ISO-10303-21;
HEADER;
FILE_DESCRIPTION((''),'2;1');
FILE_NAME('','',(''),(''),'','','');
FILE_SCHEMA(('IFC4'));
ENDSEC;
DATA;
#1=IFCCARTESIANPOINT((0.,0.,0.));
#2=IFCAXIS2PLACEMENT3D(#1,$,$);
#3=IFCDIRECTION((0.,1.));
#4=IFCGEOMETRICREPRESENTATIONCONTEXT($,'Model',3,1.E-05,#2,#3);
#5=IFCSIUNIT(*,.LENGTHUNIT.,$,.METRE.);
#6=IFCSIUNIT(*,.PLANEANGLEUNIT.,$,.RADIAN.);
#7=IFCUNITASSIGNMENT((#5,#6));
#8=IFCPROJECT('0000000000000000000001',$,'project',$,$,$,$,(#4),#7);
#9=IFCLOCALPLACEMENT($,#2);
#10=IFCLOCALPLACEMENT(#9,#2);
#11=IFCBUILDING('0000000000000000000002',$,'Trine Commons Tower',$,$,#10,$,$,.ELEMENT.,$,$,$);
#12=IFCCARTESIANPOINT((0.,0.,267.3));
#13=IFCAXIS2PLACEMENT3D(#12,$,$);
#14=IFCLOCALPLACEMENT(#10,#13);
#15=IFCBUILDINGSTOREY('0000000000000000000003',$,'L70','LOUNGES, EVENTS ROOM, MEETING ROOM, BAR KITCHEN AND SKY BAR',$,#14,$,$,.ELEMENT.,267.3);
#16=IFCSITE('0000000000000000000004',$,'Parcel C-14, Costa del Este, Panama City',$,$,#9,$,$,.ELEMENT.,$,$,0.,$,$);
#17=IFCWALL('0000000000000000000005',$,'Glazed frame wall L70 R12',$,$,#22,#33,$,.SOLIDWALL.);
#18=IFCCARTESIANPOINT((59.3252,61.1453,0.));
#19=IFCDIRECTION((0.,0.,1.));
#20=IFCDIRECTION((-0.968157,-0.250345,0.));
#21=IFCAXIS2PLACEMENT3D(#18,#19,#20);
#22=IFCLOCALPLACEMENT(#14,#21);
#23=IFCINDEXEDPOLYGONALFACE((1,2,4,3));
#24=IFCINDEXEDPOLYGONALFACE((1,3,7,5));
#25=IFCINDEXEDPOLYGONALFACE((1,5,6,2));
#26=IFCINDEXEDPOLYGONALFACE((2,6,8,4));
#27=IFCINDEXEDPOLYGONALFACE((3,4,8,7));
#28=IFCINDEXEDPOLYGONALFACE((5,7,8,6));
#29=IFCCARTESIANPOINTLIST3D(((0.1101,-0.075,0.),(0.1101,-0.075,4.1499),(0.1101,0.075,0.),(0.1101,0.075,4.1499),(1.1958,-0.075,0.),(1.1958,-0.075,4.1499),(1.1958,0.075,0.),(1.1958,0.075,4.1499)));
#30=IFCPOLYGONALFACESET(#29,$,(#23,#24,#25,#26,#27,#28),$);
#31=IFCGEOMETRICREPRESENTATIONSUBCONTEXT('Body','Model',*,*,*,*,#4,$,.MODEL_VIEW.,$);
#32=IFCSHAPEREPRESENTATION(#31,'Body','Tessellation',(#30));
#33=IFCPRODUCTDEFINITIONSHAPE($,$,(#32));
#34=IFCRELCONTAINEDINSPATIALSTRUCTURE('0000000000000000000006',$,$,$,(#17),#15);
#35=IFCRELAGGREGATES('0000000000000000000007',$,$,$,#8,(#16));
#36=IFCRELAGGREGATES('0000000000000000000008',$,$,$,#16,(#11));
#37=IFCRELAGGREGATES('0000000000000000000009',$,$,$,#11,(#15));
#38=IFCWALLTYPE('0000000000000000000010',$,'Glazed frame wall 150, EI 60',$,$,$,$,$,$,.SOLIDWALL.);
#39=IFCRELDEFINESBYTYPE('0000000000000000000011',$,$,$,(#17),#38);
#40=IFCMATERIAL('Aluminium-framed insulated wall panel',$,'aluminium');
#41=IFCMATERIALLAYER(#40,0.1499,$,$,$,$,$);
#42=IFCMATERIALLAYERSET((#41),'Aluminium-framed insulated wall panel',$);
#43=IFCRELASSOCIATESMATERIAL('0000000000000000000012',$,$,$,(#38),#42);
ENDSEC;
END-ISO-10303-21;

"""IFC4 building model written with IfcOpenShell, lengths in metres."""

from ifc_helpers import new_model, si_unit, direction, frame, origin, place, context, subcontext, project, spatial, polyline, outline, extrude, material, layer, layer_set, type_object, element, save


model = new_model("IFC4")

# Units and contexts
model_context = context("Model", 3, precision=1e-05, world=origin(), true_north=direction((0.0, 1.0)))
body_context = subcontext(model_context, "Body", "Model", "MODEL_VIEW")
ifc_project = project(units=[si_unit("LENGTHUNIT", "METRE"), si_unit("PLANEANGLEUNIT", "RADIAN")], contexts=[model_context])

# Site, building, storey
site_placement = place(None, origin())
site = spatial("IfcSite", under=ifc_project, at=site_placement, Name="Parcel C-14, Costa del Este, Panama City", CompositionType="ELEMENT", RefElevation=0.0)
building_placement = place(site_placement, origin())
building = spatial("IfcBuilding", under=site, at=building_placement, Name="Trine Commons Tower", CompositionType="ELEMENT")
storey_placement = place(building_placement, frame((0.0, 0.0, 267.3)))
storey = spatial("IfcBuildingStorey", under=building, at=storey_placement, Name="L70", Description="LOUNGES, EVENTS ROOM, MEETING ROOM, BAR KITCHEN AND SKY BAR", CompositionType="ELEMENT", Elevation=267.3)

# Wall
ifc_material_1 = material(Name="Aluminium-framed insulated wall panel", Category="aluminium")
ifc_layer_1 = layer(ifc_material_1, 0.1499)
ifc_layer_set_1 = layer_set([ifc_layer_1], Name="Aluminium-framed insulated wall panel")
wall_type_1 = type_object("IfcWallType", Name="Glazed frame wall 150, EI 60", PredefinedType="SOLIDWALL", material=ifc_layer_set_1)
wall_1_placement = place(storey_placement, frame((59.3252, 61.1453, 0.0), z_axis=(0.0, 0.0, 1.0), x_axis=(-0.968157, -0.250345, 0.0)))
element("IfcWall", 1, at=wall_1_placement, inside=storey, type_object=wall_type_1, Name="Glazed frame wall L70 R12", PredefinedType="SOLIDWALL", context=body_context, shape_type="SweptSolid", body=[
    extrude(outline(polyline([(0.1101, 0.075), (0.1101, -0.075), (1.1958, -0.075), (1.1958, 0.075), (0.1101, 0.075)])), origin(), (0.0, 0.0, 1.0), 4.1499),
])

save(model, "model.ifc")
